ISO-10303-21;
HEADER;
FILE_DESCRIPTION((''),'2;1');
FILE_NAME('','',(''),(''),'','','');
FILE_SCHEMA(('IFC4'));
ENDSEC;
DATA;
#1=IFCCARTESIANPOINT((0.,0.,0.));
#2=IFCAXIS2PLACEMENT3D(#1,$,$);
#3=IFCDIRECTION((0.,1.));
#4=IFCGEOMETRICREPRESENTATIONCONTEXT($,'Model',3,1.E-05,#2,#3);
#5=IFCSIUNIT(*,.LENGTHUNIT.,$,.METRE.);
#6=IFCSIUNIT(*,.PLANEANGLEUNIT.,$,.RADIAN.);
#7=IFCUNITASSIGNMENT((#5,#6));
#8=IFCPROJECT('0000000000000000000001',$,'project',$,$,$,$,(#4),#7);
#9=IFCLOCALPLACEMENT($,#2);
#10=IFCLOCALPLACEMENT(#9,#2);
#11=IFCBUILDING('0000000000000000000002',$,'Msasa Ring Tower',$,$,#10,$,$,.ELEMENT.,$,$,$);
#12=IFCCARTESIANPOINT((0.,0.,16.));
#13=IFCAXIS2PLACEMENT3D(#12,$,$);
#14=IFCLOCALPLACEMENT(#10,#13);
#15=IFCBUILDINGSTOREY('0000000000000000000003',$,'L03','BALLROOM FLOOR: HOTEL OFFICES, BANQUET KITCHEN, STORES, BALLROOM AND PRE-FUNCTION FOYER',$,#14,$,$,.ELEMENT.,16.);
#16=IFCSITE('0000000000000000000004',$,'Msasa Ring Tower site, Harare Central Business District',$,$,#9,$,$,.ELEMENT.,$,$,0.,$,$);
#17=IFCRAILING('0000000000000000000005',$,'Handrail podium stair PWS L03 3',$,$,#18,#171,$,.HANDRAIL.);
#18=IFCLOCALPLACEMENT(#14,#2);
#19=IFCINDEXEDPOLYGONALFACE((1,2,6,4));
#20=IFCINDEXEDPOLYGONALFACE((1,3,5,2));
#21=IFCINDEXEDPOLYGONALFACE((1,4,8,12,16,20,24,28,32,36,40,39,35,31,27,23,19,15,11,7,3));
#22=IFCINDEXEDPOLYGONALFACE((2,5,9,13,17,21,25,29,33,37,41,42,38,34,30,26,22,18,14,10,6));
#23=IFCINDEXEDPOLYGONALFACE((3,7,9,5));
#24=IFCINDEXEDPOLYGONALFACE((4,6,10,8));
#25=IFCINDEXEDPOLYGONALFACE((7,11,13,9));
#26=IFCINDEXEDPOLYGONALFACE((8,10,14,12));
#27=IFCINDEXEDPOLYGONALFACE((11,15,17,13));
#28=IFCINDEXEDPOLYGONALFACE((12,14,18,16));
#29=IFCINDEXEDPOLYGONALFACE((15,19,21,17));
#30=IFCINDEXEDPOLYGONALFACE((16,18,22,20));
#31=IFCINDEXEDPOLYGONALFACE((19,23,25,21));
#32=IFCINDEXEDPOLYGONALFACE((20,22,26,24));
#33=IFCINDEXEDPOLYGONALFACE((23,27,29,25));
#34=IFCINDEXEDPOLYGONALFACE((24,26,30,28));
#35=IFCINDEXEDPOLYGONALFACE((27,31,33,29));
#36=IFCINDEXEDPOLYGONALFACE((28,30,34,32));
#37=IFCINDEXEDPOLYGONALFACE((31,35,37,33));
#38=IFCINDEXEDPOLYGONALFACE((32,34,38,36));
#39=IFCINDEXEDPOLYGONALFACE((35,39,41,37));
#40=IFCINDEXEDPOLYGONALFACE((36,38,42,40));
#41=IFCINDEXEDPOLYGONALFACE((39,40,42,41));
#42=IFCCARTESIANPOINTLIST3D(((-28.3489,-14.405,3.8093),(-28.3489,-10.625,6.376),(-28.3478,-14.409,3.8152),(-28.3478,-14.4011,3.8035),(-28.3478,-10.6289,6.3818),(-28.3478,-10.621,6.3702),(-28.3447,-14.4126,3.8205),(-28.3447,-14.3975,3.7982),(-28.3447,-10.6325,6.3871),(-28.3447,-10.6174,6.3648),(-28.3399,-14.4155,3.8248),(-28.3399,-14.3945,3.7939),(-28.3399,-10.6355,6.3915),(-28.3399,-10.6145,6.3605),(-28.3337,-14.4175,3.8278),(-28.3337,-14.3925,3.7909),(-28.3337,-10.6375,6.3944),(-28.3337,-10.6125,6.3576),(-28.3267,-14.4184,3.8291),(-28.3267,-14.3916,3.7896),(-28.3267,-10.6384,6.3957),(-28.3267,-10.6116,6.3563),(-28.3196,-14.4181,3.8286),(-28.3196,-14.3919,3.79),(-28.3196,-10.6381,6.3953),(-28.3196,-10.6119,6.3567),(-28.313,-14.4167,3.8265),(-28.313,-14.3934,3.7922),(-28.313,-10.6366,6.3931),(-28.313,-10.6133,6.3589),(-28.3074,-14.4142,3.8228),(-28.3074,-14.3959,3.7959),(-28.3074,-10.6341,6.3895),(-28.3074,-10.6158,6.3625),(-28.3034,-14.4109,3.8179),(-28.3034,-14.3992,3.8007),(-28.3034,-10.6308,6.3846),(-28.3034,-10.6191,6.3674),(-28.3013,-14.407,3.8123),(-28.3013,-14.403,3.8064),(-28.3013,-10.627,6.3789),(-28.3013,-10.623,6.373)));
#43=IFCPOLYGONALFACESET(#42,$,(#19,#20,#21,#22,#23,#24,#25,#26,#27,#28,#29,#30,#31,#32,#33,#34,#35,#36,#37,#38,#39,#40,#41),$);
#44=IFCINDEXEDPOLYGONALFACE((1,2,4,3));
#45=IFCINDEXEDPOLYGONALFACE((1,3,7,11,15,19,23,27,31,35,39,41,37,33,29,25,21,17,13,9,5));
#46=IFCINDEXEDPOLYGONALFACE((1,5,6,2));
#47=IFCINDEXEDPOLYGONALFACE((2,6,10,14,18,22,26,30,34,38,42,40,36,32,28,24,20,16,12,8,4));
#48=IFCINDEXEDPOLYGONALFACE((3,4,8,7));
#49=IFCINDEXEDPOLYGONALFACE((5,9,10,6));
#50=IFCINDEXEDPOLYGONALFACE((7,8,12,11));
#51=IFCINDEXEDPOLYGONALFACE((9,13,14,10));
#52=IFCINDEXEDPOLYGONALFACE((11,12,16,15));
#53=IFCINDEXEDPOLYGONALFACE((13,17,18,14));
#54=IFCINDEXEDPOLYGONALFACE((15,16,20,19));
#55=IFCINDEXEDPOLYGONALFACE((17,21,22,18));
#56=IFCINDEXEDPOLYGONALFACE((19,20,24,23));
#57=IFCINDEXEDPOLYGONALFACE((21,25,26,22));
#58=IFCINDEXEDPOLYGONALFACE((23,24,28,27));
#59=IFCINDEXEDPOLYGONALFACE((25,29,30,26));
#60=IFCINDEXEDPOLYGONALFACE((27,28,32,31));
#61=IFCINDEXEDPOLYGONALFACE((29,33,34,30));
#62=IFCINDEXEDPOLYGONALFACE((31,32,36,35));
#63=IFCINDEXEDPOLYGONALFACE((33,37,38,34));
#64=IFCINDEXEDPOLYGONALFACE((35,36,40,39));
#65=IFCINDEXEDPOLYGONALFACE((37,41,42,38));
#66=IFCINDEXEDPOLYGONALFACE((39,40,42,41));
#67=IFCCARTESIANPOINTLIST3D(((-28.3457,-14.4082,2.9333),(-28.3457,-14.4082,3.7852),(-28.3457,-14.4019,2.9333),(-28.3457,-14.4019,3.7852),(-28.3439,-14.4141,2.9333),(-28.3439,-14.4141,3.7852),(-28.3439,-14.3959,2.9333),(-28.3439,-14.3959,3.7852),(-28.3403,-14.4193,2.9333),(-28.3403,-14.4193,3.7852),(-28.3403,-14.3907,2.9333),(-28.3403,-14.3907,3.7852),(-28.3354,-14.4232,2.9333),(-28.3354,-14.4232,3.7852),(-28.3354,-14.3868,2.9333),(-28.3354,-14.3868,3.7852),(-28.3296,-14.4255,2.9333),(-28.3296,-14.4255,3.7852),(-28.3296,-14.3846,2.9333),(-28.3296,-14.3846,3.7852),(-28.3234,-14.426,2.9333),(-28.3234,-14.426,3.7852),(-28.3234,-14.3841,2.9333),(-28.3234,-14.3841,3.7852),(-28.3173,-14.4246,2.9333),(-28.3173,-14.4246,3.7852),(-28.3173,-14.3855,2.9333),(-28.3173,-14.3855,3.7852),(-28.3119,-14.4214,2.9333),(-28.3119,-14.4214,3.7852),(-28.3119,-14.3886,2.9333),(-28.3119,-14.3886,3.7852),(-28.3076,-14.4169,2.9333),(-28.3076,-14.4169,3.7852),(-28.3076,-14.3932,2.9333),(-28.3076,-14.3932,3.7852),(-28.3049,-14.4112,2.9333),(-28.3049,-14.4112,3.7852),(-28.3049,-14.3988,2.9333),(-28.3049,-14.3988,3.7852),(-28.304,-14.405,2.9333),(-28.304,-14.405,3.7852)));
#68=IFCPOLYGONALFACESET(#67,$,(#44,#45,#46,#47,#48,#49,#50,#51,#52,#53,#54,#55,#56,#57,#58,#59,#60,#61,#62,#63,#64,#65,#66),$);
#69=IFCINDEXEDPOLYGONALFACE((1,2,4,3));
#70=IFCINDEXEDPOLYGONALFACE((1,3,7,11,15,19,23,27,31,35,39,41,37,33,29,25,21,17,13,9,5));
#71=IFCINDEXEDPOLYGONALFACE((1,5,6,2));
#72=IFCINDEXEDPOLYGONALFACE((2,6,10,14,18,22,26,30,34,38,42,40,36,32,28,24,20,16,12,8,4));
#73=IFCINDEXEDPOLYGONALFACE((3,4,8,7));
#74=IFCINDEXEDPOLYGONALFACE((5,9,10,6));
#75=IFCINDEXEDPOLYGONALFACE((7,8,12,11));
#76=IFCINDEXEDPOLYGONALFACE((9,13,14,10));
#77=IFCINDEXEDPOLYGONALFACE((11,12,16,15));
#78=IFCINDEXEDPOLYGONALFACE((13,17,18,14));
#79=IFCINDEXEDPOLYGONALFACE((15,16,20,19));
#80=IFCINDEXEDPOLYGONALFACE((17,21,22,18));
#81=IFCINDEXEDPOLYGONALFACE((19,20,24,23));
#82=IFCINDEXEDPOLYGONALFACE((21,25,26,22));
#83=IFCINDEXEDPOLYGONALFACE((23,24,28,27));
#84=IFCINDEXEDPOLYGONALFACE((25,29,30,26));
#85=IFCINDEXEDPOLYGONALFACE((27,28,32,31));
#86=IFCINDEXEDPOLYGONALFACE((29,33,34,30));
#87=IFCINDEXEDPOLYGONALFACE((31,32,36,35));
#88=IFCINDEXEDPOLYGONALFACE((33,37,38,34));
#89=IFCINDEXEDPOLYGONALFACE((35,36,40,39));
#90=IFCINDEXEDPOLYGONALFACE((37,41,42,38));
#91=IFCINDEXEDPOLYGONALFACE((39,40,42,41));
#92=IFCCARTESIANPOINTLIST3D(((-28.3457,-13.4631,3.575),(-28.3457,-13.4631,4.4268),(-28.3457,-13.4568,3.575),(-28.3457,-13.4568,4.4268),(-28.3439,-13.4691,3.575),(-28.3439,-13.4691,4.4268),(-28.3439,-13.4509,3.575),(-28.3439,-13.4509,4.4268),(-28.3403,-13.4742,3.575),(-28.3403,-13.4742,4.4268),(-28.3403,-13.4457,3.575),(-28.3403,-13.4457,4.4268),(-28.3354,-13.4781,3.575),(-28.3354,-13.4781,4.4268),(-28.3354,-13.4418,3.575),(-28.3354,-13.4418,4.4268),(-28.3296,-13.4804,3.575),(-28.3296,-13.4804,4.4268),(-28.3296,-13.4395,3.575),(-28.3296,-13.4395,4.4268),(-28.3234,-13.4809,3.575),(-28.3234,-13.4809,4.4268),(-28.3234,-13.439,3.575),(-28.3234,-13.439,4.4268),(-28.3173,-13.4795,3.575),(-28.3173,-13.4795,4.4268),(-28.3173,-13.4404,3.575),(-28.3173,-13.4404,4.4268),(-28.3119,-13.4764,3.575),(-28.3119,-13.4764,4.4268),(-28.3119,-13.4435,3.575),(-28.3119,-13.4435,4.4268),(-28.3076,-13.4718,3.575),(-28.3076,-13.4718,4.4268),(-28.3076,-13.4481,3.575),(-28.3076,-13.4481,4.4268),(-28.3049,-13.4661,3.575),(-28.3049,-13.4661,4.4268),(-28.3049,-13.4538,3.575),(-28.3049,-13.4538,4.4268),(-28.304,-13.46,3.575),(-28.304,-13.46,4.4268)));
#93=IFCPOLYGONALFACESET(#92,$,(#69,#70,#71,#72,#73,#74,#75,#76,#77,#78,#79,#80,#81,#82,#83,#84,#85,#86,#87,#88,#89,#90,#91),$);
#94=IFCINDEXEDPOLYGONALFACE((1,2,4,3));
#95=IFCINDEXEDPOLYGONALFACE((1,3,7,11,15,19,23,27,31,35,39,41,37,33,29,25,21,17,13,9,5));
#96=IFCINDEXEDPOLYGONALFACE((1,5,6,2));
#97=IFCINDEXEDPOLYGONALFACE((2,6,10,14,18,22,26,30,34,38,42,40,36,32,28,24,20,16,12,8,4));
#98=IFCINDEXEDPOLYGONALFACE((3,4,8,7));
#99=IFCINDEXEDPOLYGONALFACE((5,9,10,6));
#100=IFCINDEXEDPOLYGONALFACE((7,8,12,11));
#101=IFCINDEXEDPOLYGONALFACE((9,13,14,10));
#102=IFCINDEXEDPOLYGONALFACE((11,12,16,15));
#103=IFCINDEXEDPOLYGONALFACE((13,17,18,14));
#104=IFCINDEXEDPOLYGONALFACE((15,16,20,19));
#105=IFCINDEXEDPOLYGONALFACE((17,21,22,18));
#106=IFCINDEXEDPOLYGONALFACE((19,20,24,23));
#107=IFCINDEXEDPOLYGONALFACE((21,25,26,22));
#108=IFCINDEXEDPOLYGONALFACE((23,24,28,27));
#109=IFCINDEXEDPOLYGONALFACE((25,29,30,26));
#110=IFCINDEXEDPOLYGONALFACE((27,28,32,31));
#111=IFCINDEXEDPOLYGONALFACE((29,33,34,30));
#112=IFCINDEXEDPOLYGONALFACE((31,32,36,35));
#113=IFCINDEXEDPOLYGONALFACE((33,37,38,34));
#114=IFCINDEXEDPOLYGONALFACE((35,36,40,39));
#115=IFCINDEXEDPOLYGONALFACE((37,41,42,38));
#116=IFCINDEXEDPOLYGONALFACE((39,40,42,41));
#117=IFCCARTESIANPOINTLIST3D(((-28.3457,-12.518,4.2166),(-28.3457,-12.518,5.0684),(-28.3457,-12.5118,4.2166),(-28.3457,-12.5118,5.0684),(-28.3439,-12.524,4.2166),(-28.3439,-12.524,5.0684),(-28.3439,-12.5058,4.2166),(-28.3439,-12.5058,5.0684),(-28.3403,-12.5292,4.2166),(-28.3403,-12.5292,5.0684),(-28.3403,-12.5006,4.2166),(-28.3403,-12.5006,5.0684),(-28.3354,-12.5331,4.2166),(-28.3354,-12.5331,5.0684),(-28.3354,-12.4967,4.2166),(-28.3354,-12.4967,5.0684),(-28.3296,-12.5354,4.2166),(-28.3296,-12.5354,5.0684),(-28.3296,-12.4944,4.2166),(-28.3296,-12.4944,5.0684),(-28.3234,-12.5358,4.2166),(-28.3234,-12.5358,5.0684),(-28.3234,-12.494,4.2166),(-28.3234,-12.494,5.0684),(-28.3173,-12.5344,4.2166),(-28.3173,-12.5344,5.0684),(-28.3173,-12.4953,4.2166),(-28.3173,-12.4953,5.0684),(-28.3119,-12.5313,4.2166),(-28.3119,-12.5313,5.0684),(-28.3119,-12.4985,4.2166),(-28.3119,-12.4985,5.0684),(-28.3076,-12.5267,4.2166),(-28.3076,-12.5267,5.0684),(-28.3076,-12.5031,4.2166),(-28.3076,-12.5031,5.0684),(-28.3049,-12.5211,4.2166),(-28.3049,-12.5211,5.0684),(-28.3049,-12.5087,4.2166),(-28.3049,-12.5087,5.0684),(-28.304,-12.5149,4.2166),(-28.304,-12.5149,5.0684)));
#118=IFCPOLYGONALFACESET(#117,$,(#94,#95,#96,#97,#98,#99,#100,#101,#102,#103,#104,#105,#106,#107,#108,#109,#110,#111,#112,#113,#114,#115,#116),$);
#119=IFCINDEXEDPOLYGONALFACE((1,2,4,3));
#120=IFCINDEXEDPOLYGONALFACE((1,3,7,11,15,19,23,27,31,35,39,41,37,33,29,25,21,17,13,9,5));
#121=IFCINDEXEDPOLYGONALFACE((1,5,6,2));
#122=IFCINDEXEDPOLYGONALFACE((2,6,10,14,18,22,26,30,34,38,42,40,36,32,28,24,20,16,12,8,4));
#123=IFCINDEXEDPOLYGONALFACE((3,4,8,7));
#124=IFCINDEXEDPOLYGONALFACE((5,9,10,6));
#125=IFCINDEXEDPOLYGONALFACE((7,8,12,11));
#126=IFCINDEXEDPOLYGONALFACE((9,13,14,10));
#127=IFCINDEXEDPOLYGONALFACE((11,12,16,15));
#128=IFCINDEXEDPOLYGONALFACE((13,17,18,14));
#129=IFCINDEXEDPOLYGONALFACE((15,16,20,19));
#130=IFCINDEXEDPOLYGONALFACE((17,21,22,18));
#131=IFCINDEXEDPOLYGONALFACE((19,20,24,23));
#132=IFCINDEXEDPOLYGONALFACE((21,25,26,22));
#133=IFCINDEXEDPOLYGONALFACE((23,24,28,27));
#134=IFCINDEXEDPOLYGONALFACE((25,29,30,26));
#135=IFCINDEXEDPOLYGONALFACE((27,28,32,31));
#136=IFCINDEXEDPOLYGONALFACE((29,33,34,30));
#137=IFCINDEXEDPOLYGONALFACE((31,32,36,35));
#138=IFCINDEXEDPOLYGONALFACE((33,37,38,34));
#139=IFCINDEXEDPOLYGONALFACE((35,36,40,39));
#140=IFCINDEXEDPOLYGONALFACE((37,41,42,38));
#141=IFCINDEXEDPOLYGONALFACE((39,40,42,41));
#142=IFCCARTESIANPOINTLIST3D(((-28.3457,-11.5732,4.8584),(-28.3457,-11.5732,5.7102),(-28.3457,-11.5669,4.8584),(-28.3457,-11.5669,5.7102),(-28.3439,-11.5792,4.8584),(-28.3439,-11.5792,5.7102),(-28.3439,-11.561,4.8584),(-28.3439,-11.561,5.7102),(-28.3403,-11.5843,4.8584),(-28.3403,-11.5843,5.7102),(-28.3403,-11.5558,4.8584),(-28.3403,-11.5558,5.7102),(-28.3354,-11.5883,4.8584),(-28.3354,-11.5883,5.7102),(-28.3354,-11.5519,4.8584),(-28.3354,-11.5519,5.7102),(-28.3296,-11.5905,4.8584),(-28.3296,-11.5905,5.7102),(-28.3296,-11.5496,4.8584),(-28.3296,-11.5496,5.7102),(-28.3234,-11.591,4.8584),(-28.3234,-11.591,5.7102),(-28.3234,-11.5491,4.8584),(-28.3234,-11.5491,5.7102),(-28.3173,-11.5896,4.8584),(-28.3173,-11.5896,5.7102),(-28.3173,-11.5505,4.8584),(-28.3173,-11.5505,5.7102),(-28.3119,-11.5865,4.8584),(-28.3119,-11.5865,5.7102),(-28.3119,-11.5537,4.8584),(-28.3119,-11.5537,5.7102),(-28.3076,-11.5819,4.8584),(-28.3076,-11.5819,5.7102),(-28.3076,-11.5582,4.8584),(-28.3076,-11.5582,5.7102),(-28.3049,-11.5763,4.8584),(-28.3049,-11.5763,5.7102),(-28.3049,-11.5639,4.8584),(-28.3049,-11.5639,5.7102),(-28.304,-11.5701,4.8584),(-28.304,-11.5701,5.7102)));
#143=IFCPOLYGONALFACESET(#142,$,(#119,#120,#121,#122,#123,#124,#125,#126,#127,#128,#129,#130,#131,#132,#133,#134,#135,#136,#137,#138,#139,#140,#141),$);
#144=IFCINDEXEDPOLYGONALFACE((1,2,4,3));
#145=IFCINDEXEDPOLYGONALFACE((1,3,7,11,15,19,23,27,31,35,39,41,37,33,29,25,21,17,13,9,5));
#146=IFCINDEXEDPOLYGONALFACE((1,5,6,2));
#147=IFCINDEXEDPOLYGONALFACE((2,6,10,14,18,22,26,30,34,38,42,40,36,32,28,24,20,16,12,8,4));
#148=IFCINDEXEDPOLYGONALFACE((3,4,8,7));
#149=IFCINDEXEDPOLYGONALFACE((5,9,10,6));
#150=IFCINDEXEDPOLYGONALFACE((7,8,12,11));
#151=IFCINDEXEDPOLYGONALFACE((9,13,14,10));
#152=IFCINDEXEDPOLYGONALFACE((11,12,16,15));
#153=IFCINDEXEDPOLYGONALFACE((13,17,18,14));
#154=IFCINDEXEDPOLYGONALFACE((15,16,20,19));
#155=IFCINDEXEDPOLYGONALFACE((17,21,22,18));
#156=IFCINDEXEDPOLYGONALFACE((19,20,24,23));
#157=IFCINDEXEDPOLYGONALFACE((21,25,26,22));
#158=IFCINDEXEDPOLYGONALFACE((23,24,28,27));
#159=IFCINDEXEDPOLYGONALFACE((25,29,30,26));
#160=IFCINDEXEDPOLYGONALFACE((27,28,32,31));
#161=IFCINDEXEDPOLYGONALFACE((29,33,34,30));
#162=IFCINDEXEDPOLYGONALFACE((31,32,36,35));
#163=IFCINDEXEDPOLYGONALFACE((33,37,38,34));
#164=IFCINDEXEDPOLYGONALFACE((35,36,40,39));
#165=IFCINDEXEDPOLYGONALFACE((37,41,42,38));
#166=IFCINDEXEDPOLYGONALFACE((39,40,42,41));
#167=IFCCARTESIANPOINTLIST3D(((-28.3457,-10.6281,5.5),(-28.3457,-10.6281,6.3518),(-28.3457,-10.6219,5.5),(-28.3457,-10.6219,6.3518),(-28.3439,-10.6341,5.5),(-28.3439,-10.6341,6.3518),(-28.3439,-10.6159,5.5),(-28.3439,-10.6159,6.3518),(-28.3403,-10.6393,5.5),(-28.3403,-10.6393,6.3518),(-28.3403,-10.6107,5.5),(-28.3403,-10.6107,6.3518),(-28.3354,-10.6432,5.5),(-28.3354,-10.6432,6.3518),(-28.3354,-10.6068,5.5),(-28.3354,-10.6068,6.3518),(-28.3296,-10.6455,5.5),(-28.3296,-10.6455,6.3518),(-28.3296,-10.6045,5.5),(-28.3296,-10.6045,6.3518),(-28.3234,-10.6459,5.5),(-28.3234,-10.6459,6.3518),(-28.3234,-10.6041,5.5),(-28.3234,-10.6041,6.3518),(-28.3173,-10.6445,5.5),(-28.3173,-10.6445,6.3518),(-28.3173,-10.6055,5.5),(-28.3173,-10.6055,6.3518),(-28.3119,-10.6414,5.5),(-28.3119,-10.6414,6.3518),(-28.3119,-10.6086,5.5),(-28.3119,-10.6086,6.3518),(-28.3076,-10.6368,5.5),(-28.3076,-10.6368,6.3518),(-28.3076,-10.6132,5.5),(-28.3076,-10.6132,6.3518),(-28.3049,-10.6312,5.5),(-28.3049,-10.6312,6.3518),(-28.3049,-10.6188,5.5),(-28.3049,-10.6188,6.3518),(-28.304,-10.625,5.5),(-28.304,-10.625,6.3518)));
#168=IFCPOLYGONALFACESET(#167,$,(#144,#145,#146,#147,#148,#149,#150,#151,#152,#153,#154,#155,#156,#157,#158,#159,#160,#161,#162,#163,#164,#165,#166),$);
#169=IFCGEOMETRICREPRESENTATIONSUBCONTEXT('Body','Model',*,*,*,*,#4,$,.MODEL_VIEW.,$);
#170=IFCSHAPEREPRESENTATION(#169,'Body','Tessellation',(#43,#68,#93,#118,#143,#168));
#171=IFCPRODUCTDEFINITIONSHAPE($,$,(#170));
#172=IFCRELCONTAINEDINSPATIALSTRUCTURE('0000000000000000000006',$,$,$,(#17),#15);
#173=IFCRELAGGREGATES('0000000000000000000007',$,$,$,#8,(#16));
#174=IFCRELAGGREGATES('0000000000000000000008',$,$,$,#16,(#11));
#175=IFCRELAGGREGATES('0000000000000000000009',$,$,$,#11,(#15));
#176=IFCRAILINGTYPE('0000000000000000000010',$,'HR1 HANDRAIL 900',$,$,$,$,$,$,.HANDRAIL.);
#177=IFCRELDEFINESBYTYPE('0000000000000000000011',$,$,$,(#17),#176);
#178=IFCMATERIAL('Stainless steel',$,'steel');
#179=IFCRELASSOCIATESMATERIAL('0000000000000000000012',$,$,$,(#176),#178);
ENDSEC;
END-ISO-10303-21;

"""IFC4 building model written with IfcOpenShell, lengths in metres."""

from ifc_helpers import new_model, si_unit, direction, frame, origin, origin_2d, place, context, subcontext, project, spatial, circle, extrude, material, type_object, element, save


model = new_model("IFC4")

# Units and contexts
model_context = context("Model", 3, precision=1e-05, world=origin(), true_north=direction((0.0, 1.0)))
body_context = subcontext(model_context, "Body", "Model", "MODEL_VIEW")
ifc_project = project(units=[si_unit("LENGTHUNIT", "METRE"), si_unit("PLANEANGLEUNIT", "RADIAN")], contexts=[model_context])

# Site, building, storey
site_placement = place(None, origin())
site = spatial("IfcSite", under=ifc_project, at=site_placement, Name="Msasa Ring Tower site, Harare Central Business District", CompositionType="ELEMENT", RefElevation=0.0)
building_placement = place(site_placement, origin())
building = spatial("IfcBuilding", under=site, at=building_placement, Name="Msasa Ring Tower", CompositionType="ELEMENT")
storey_placement = place(building_placement, frame((0.0, 0.0, 16.0)))
storey = spatial("IfcBuildingStorey", under=building, at=storey_placement, Name="L03", Description="BALLROOM FLOOR: HOTEL OFFICES, BANQUET KITCHEN, STORES, BALLROOM AND PRE-FUNCTION FOYER", CompositionType="ELEMENT", Elevation=16.0)

# Railing
ifc_material_1 = material(Name="Stainless steel", Category="steel")
railing_type = type_object("IfcRailingType", Name="HR1 HANDRAIL 900", PredefinedType="HANDRAIL", material=ifc_material_1)
for number, where, name in (
    (1, (-28.325, -14.405, 2.9333), "Handrail podium stair PWS L03 3"),
):
    element("IfcRailing", number, at=place(storey_placement, frame(where)), inside=storey, type_object=railing_type, Name=name, PredefinedType="HANDRAIL", context=body_context, shape_type="SweptSolid", body=[
        extrude(circle(Radius=0.0239, at=origin_2d()), frame((0.0, 0.0, 0.876), z_axis=(0.0, 0.82731, 0.561746), x_axis=(-1.0, 0.0, 0.0)), (0.0, 0.0, 1.0), 4.5691),
        extrude(circle(Radius=0.021, at=origin_2d()), origin(), (0.0, 0.0, 1.0), 0.8518),
        extrude(circle(Radius=0.021, at=origin_2d()), frame((0.0, 0.9451, 0.6416)), (0.0, 0.0, 1.0), 0.8518),
        extrude(circle(Radius=0.021, at=origin_2d()), frame((0.0, 1.8901, 1.2832)), (0.0, 0.0, 1.0), 0.8518),
        extrude(circle(Radius=0.021, at=origin_2d()), frame((0.0, 2.835, 1.925)), (0.0, 0.0, 1.0), 0.8518),
        extrude(circle(Radius=0.021, at=origin_2d()), frame((0.0, 3.78, 2.5667)), (0.0, 0.0, 1.0), 0.8518),
    ])

save(model, "model.ifc")
